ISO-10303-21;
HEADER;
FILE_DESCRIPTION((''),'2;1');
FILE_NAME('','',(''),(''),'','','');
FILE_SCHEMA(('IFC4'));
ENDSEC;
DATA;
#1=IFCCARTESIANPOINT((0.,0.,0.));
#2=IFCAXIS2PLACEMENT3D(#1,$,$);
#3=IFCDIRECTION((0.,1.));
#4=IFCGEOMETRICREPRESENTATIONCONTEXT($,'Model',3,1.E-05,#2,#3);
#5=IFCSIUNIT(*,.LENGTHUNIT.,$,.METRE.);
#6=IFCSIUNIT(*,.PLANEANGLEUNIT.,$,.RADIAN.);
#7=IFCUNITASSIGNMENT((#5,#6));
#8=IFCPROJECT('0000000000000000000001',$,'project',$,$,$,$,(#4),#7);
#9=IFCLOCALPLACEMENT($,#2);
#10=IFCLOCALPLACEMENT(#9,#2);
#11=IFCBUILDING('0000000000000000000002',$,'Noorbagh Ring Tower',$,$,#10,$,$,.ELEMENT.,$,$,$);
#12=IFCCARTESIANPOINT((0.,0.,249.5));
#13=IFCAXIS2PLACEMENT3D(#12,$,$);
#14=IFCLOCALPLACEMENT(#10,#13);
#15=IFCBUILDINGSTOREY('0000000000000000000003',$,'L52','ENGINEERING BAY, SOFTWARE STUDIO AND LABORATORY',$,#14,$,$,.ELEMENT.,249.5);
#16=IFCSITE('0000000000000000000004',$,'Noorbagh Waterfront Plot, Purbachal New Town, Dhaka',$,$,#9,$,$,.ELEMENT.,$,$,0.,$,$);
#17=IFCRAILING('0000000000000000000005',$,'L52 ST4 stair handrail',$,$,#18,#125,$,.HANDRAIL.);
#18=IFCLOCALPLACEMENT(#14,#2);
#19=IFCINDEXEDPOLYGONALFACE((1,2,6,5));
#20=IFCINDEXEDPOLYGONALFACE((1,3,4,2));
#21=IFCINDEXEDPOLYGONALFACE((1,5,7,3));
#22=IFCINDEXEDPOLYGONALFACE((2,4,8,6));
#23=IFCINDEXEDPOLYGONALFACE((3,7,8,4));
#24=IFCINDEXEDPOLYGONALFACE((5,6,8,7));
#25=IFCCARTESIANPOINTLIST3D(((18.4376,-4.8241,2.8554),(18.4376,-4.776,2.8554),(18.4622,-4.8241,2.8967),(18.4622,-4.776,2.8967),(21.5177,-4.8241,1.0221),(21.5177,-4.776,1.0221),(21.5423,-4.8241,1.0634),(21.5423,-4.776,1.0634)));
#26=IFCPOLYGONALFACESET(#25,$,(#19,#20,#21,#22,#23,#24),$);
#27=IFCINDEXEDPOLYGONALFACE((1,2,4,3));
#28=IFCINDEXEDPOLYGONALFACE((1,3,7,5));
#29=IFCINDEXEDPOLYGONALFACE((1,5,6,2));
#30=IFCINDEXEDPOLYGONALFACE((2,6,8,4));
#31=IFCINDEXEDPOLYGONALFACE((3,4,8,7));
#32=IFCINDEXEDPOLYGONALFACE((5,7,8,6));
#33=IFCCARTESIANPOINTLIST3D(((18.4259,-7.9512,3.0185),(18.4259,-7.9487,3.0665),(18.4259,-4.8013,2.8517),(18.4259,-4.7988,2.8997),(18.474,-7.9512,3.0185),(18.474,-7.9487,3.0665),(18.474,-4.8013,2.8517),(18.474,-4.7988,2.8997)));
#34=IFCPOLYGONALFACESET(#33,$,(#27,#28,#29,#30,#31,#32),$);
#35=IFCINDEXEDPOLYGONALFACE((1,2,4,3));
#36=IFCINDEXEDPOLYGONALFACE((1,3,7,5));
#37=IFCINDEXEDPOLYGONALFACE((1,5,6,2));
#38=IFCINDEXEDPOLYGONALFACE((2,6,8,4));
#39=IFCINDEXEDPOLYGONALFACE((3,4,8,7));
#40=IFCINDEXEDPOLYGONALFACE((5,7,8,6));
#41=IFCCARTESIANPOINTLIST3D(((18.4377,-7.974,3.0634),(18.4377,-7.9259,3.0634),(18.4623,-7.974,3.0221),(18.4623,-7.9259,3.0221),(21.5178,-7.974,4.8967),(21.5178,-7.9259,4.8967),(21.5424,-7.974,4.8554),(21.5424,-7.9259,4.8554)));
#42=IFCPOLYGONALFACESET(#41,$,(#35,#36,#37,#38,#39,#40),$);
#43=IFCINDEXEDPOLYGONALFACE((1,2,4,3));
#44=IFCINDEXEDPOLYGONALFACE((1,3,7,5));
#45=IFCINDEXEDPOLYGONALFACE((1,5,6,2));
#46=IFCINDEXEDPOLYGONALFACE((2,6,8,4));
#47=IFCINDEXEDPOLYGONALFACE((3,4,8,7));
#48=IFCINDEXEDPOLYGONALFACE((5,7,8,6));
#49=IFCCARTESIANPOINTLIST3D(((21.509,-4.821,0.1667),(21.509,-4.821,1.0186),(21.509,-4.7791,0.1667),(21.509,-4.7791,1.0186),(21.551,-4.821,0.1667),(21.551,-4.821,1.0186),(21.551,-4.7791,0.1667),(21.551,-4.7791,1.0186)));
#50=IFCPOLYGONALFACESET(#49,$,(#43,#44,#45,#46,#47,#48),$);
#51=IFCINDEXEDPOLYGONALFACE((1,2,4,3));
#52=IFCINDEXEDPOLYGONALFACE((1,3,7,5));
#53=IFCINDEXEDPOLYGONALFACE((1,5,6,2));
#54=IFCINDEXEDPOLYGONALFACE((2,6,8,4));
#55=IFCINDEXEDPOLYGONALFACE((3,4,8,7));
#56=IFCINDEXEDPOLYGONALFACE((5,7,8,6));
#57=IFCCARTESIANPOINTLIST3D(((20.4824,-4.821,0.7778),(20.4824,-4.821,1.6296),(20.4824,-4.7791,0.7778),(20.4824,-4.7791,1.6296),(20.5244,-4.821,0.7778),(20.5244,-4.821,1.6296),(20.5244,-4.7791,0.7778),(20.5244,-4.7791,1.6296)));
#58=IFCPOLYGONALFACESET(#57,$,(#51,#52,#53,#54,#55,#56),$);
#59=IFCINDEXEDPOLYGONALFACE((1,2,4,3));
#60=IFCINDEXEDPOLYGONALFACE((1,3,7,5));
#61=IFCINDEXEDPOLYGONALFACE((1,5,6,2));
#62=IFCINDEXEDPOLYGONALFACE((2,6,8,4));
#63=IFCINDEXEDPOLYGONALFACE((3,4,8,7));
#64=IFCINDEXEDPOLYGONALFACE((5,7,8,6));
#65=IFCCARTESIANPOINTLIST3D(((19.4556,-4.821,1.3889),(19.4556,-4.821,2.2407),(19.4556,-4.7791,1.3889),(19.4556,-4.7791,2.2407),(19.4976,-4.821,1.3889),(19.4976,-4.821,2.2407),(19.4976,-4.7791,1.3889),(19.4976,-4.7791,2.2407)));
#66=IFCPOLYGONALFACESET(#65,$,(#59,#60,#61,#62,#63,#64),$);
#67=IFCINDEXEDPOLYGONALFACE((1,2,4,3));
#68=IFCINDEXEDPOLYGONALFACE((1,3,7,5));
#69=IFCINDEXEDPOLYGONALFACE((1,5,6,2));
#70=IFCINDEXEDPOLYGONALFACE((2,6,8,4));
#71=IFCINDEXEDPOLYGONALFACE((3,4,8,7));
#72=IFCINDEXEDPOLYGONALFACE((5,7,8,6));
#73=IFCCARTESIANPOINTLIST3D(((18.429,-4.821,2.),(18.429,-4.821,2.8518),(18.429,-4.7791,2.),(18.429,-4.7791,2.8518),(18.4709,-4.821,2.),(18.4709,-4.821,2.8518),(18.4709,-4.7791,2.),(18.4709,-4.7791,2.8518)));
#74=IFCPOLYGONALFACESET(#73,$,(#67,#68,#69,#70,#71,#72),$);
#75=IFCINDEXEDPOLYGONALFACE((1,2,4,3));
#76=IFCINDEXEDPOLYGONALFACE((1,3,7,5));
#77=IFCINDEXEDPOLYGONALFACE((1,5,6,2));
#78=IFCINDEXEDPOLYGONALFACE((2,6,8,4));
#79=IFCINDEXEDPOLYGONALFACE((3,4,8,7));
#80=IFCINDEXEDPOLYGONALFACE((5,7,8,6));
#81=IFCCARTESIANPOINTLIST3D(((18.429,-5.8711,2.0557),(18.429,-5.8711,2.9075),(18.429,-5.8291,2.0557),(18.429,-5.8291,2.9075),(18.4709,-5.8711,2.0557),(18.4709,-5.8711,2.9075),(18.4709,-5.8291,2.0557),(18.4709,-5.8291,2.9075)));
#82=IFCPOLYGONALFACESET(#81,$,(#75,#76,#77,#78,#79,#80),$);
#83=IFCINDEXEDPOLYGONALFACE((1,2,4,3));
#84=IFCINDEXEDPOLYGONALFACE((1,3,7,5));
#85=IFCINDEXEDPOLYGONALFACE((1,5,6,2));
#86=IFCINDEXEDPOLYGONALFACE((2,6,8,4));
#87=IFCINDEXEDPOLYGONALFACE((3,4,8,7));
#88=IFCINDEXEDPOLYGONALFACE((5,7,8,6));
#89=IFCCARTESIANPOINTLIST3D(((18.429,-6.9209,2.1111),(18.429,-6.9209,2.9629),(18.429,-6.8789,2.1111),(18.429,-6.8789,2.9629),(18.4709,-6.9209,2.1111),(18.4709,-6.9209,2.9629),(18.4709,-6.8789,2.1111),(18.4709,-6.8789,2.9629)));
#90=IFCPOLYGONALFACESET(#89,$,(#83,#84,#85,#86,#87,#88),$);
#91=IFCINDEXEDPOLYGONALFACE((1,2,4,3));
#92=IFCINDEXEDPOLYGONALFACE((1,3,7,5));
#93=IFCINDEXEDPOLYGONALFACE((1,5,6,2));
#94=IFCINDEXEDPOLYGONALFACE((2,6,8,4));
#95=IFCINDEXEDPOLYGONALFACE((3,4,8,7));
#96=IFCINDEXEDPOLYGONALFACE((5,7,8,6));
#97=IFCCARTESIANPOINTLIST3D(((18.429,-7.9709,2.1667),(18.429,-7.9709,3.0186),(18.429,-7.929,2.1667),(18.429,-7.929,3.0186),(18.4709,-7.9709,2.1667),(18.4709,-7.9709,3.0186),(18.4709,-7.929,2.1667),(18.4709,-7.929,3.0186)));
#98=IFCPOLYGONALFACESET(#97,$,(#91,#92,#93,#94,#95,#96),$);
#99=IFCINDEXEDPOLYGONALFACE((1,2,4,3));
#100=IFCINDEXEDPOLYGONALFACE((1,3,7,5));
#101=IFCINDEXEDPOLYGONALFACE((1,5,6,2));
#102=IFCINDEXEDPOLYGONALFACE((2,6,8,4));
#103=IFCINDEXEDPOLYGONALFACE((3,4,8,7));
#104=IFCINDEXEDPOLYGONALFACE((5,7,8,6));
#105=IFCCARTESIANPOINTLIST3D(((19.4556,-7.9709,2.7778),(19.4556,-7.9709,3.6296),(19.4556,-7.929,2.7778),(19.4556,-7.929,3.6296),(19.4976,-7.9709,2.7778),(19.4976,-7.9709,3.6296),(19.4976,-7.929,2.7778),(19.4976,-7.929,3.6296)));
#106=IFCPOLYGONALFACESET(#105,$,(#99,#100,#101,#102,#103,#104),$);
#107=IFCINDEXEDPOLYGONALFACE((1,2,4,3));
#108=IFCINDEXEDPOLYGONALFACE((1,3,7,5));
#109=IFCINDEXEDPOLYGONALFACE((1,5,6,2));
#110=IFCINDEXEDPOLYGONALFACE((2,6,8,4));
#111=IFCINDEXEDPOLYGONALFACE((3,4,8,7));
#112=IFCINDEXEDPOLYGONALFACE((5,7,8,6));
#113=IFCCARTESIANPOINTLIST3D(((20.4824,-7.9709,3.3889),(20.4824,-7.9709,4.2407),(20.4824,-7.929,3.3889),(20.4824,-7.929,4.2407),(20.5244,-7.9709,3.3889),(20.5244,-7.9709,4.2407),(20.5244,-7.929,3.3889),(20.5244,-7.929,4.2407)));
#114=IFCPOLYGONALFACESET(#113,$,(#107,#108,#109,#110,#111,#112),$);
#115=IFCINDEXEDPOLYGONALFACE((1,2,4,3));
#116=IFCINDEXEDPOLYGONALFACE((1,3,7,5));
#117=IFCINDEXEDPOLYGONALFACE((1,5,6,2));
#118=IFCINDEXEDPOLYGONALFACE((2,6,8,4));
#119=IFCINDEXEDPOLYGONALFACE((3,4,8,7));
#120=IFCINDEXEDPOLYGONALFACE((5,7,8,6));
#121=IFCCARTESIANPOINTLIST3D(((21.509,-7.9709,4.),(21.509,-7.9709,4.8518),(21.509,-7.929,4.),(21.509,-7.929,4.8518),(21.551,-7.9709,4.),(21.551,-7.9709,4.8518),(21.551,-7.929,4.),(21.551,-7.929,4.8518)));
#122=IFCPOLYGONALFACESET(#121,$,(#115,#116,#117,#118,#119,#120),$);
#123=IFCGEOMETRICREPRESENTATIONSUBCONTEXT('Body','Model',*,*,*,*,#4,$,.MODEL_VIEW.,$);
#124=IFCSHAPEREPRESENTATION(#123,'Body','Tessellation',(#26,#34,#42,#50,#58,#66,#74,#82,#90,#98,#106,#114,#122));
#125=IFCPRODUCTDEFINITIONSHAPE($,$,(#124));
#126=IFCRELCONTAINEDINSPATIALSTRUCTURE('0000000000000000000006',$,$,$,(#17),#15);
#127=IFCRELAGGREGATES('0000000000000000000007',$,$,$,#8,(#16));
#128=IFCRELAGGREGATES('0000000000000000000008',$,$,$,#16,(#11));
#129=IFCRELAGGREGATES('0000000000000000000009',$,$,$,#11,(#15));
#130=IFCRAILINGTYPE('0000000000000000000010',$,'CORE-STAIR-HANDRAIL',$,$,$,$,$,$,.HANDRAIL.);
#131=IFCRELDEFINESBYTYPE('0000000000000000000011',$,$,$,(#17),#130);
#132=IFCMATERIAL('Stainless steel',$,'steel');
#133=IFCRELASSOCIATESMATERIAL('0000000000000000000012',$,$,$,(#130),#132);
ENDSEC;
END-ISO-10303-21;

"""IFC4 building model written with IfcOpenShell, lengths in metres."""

from ifc_helpers import new_model, si_unit, direction, frame, origin, origin_2d, place, context, subcontext, project, spatial, rectangle, extrude, material, type_object, element, save


model = new_model("IFC4")

# Units and contexts
model_context = context("Model", 3, precision=1e-05, world=origin(), true_north=direction((0.0, 1.0)))
body_context = subcontext(model_context, "Body", "Model", "MODEL_VIEW")
ifc_project = project(units=[si_unit("LENGTHUNIT", "METRE"), si_unit("PLANEANGLEUNIT", "RADIAN")], contexts=[model_context])

# Site, building, storey
site_placement = place(None, origin())
site = spatial("IfcSite", under=ifc_project, at=site_placement, Name="Noorbagh Waterfront Plot, Purbachal New Town, Dhaka", CompositionType="ELEMENT", RefElevation=0.0)
building_placement = place(site_placement, origin())
building = spatial("IfcBuilding", under=site, at=building_placement, Name="Noorbagh Ring Tower", CompositionType="ELEMENT")
storey_placement = place(building_placement, frame((0.0, 0.0, 249.5)))
storey = spatial("IfcBuildingStorey", under=building, at=storey_placement, Name="L52", Description="ENGINEERING BAY, SOFTWARE STUDIO AND LABORATORY", CompositionType="ELEMENT", Elevation=249.5)

# Railing
ifc_material_1 = material(Name="Stainless steel", Category="steel")
railing_type_1 = type_object("IfcRailingType", Name="CORE-STAIR-HANDRAIL", PredefinedType="HANDRAIL", material=ifc_material_1)
railing_1_placement = place(storey_placement, frame((21.53, -4.8, 0.1667)))
element("IfcRailing", 1, at=railing_1_placement, inside=storey, type_object=railing_type_1, Name="L52 ST4 stair handrail", PredefinedType="HANDRAIL", context=body_context, shape_type="SweptSolid", body=[
    extrude(rectangle(XDim=0.0481, YDim=0.0481, at=origin_2d()), frame((0.0, 0.0, 0.876), z_axis=(-0.859309, 0.0, 0.511458), x_axis=(0.0, -1.0, 0.0)), (0.0, 0.0, 1.0), 3.5845),
    extrude(rectangle(XDim=0.0481, YDim=0.0481, at=origin_2d()), frame((-3.0801, 0.0, 2.709), z_axis=(0.0, -0.998602, 0.052864), x_axis=(1.0, 0.0, 0.0)), (0.0, 0.0, 1.0), 3.1543),
    extrude(rectangle(XDim=0.0481, YDim=0.0481, at=origin_2d()), frame((-3.0801, -3.1499, 2.876), z_axis=(0.859309, 0.0, 0.511458), x_axis=(0.0, 1.0, 0.0)), (0.0, 0.0, 1.0), 3.5845),
    extrude(rectangle(XDim=0.042, YDim=0.042, at=origin_2d()), origin(), (0.0, 0.0, 1.0), 0.8518),
    extrude(rectangle(XDim=0.042, YDim=0.042, at=origin_2d()), frame((-1.0266, 0.0, 0.6111)), (0.0, 0.0, 1.0), 0.8518),
    extrude(rectangle(XDim=0.042, YDim=0.042, at=origin_2d()), frame((-2.0535, 0.0, 1.2222)), (0.0, 0.0, 1.0), 0.8518),
    extrude(rectangle(XDim=0.042, YDim=0.042, at=origin_2d()), frame((-3.0801, 0.0, 1.8333)), (0.0, 0.0, 1.0), 0.8518),
    extrude(rectangle(XDim=0.042, YDim=0.042, at=origin_2d()), frame((-3.0801, -1.05, 1.8889)), (0.0, 0.0, 1.0), 0.8518),
    extrude(rectangle(XDim=0.042, YDim=0.042, at=origin_2d()), frame((-3.0801, -2.0999, 1.9443)), (0.0, 0.0, 1.0), 0.8518),
    extrude(rectangle(XDim=0.042, YDim=0.042, at=origin_2d()), frame((-3.0801, -3.1499, 2.0)), (0.0, 0.0, 1.0), 0.8518),
    extrude(rectangle(XDim=0.042, YDim=0.042, at=origin_2d()), frame((-2.0535, -3.1499, 2.6111)), (0.0, 0.0, 1.0), 0.8518),
    extrude(rectangle(XDim=0.042, YDim=0.042, at=origin_2d()), frame((-1.0266, -3.1499, 3.2222)), (0.0, 0.0, 1.0), 0.8518),
    extrude(rectangle(XDim=0.042, YDim=0.042, at=origin_2d()), frame((0.0, -3.1499, 3.8333)), (0.0, 0.0, 1.0), 0.8518),
])

save(model, "model.ifc")
